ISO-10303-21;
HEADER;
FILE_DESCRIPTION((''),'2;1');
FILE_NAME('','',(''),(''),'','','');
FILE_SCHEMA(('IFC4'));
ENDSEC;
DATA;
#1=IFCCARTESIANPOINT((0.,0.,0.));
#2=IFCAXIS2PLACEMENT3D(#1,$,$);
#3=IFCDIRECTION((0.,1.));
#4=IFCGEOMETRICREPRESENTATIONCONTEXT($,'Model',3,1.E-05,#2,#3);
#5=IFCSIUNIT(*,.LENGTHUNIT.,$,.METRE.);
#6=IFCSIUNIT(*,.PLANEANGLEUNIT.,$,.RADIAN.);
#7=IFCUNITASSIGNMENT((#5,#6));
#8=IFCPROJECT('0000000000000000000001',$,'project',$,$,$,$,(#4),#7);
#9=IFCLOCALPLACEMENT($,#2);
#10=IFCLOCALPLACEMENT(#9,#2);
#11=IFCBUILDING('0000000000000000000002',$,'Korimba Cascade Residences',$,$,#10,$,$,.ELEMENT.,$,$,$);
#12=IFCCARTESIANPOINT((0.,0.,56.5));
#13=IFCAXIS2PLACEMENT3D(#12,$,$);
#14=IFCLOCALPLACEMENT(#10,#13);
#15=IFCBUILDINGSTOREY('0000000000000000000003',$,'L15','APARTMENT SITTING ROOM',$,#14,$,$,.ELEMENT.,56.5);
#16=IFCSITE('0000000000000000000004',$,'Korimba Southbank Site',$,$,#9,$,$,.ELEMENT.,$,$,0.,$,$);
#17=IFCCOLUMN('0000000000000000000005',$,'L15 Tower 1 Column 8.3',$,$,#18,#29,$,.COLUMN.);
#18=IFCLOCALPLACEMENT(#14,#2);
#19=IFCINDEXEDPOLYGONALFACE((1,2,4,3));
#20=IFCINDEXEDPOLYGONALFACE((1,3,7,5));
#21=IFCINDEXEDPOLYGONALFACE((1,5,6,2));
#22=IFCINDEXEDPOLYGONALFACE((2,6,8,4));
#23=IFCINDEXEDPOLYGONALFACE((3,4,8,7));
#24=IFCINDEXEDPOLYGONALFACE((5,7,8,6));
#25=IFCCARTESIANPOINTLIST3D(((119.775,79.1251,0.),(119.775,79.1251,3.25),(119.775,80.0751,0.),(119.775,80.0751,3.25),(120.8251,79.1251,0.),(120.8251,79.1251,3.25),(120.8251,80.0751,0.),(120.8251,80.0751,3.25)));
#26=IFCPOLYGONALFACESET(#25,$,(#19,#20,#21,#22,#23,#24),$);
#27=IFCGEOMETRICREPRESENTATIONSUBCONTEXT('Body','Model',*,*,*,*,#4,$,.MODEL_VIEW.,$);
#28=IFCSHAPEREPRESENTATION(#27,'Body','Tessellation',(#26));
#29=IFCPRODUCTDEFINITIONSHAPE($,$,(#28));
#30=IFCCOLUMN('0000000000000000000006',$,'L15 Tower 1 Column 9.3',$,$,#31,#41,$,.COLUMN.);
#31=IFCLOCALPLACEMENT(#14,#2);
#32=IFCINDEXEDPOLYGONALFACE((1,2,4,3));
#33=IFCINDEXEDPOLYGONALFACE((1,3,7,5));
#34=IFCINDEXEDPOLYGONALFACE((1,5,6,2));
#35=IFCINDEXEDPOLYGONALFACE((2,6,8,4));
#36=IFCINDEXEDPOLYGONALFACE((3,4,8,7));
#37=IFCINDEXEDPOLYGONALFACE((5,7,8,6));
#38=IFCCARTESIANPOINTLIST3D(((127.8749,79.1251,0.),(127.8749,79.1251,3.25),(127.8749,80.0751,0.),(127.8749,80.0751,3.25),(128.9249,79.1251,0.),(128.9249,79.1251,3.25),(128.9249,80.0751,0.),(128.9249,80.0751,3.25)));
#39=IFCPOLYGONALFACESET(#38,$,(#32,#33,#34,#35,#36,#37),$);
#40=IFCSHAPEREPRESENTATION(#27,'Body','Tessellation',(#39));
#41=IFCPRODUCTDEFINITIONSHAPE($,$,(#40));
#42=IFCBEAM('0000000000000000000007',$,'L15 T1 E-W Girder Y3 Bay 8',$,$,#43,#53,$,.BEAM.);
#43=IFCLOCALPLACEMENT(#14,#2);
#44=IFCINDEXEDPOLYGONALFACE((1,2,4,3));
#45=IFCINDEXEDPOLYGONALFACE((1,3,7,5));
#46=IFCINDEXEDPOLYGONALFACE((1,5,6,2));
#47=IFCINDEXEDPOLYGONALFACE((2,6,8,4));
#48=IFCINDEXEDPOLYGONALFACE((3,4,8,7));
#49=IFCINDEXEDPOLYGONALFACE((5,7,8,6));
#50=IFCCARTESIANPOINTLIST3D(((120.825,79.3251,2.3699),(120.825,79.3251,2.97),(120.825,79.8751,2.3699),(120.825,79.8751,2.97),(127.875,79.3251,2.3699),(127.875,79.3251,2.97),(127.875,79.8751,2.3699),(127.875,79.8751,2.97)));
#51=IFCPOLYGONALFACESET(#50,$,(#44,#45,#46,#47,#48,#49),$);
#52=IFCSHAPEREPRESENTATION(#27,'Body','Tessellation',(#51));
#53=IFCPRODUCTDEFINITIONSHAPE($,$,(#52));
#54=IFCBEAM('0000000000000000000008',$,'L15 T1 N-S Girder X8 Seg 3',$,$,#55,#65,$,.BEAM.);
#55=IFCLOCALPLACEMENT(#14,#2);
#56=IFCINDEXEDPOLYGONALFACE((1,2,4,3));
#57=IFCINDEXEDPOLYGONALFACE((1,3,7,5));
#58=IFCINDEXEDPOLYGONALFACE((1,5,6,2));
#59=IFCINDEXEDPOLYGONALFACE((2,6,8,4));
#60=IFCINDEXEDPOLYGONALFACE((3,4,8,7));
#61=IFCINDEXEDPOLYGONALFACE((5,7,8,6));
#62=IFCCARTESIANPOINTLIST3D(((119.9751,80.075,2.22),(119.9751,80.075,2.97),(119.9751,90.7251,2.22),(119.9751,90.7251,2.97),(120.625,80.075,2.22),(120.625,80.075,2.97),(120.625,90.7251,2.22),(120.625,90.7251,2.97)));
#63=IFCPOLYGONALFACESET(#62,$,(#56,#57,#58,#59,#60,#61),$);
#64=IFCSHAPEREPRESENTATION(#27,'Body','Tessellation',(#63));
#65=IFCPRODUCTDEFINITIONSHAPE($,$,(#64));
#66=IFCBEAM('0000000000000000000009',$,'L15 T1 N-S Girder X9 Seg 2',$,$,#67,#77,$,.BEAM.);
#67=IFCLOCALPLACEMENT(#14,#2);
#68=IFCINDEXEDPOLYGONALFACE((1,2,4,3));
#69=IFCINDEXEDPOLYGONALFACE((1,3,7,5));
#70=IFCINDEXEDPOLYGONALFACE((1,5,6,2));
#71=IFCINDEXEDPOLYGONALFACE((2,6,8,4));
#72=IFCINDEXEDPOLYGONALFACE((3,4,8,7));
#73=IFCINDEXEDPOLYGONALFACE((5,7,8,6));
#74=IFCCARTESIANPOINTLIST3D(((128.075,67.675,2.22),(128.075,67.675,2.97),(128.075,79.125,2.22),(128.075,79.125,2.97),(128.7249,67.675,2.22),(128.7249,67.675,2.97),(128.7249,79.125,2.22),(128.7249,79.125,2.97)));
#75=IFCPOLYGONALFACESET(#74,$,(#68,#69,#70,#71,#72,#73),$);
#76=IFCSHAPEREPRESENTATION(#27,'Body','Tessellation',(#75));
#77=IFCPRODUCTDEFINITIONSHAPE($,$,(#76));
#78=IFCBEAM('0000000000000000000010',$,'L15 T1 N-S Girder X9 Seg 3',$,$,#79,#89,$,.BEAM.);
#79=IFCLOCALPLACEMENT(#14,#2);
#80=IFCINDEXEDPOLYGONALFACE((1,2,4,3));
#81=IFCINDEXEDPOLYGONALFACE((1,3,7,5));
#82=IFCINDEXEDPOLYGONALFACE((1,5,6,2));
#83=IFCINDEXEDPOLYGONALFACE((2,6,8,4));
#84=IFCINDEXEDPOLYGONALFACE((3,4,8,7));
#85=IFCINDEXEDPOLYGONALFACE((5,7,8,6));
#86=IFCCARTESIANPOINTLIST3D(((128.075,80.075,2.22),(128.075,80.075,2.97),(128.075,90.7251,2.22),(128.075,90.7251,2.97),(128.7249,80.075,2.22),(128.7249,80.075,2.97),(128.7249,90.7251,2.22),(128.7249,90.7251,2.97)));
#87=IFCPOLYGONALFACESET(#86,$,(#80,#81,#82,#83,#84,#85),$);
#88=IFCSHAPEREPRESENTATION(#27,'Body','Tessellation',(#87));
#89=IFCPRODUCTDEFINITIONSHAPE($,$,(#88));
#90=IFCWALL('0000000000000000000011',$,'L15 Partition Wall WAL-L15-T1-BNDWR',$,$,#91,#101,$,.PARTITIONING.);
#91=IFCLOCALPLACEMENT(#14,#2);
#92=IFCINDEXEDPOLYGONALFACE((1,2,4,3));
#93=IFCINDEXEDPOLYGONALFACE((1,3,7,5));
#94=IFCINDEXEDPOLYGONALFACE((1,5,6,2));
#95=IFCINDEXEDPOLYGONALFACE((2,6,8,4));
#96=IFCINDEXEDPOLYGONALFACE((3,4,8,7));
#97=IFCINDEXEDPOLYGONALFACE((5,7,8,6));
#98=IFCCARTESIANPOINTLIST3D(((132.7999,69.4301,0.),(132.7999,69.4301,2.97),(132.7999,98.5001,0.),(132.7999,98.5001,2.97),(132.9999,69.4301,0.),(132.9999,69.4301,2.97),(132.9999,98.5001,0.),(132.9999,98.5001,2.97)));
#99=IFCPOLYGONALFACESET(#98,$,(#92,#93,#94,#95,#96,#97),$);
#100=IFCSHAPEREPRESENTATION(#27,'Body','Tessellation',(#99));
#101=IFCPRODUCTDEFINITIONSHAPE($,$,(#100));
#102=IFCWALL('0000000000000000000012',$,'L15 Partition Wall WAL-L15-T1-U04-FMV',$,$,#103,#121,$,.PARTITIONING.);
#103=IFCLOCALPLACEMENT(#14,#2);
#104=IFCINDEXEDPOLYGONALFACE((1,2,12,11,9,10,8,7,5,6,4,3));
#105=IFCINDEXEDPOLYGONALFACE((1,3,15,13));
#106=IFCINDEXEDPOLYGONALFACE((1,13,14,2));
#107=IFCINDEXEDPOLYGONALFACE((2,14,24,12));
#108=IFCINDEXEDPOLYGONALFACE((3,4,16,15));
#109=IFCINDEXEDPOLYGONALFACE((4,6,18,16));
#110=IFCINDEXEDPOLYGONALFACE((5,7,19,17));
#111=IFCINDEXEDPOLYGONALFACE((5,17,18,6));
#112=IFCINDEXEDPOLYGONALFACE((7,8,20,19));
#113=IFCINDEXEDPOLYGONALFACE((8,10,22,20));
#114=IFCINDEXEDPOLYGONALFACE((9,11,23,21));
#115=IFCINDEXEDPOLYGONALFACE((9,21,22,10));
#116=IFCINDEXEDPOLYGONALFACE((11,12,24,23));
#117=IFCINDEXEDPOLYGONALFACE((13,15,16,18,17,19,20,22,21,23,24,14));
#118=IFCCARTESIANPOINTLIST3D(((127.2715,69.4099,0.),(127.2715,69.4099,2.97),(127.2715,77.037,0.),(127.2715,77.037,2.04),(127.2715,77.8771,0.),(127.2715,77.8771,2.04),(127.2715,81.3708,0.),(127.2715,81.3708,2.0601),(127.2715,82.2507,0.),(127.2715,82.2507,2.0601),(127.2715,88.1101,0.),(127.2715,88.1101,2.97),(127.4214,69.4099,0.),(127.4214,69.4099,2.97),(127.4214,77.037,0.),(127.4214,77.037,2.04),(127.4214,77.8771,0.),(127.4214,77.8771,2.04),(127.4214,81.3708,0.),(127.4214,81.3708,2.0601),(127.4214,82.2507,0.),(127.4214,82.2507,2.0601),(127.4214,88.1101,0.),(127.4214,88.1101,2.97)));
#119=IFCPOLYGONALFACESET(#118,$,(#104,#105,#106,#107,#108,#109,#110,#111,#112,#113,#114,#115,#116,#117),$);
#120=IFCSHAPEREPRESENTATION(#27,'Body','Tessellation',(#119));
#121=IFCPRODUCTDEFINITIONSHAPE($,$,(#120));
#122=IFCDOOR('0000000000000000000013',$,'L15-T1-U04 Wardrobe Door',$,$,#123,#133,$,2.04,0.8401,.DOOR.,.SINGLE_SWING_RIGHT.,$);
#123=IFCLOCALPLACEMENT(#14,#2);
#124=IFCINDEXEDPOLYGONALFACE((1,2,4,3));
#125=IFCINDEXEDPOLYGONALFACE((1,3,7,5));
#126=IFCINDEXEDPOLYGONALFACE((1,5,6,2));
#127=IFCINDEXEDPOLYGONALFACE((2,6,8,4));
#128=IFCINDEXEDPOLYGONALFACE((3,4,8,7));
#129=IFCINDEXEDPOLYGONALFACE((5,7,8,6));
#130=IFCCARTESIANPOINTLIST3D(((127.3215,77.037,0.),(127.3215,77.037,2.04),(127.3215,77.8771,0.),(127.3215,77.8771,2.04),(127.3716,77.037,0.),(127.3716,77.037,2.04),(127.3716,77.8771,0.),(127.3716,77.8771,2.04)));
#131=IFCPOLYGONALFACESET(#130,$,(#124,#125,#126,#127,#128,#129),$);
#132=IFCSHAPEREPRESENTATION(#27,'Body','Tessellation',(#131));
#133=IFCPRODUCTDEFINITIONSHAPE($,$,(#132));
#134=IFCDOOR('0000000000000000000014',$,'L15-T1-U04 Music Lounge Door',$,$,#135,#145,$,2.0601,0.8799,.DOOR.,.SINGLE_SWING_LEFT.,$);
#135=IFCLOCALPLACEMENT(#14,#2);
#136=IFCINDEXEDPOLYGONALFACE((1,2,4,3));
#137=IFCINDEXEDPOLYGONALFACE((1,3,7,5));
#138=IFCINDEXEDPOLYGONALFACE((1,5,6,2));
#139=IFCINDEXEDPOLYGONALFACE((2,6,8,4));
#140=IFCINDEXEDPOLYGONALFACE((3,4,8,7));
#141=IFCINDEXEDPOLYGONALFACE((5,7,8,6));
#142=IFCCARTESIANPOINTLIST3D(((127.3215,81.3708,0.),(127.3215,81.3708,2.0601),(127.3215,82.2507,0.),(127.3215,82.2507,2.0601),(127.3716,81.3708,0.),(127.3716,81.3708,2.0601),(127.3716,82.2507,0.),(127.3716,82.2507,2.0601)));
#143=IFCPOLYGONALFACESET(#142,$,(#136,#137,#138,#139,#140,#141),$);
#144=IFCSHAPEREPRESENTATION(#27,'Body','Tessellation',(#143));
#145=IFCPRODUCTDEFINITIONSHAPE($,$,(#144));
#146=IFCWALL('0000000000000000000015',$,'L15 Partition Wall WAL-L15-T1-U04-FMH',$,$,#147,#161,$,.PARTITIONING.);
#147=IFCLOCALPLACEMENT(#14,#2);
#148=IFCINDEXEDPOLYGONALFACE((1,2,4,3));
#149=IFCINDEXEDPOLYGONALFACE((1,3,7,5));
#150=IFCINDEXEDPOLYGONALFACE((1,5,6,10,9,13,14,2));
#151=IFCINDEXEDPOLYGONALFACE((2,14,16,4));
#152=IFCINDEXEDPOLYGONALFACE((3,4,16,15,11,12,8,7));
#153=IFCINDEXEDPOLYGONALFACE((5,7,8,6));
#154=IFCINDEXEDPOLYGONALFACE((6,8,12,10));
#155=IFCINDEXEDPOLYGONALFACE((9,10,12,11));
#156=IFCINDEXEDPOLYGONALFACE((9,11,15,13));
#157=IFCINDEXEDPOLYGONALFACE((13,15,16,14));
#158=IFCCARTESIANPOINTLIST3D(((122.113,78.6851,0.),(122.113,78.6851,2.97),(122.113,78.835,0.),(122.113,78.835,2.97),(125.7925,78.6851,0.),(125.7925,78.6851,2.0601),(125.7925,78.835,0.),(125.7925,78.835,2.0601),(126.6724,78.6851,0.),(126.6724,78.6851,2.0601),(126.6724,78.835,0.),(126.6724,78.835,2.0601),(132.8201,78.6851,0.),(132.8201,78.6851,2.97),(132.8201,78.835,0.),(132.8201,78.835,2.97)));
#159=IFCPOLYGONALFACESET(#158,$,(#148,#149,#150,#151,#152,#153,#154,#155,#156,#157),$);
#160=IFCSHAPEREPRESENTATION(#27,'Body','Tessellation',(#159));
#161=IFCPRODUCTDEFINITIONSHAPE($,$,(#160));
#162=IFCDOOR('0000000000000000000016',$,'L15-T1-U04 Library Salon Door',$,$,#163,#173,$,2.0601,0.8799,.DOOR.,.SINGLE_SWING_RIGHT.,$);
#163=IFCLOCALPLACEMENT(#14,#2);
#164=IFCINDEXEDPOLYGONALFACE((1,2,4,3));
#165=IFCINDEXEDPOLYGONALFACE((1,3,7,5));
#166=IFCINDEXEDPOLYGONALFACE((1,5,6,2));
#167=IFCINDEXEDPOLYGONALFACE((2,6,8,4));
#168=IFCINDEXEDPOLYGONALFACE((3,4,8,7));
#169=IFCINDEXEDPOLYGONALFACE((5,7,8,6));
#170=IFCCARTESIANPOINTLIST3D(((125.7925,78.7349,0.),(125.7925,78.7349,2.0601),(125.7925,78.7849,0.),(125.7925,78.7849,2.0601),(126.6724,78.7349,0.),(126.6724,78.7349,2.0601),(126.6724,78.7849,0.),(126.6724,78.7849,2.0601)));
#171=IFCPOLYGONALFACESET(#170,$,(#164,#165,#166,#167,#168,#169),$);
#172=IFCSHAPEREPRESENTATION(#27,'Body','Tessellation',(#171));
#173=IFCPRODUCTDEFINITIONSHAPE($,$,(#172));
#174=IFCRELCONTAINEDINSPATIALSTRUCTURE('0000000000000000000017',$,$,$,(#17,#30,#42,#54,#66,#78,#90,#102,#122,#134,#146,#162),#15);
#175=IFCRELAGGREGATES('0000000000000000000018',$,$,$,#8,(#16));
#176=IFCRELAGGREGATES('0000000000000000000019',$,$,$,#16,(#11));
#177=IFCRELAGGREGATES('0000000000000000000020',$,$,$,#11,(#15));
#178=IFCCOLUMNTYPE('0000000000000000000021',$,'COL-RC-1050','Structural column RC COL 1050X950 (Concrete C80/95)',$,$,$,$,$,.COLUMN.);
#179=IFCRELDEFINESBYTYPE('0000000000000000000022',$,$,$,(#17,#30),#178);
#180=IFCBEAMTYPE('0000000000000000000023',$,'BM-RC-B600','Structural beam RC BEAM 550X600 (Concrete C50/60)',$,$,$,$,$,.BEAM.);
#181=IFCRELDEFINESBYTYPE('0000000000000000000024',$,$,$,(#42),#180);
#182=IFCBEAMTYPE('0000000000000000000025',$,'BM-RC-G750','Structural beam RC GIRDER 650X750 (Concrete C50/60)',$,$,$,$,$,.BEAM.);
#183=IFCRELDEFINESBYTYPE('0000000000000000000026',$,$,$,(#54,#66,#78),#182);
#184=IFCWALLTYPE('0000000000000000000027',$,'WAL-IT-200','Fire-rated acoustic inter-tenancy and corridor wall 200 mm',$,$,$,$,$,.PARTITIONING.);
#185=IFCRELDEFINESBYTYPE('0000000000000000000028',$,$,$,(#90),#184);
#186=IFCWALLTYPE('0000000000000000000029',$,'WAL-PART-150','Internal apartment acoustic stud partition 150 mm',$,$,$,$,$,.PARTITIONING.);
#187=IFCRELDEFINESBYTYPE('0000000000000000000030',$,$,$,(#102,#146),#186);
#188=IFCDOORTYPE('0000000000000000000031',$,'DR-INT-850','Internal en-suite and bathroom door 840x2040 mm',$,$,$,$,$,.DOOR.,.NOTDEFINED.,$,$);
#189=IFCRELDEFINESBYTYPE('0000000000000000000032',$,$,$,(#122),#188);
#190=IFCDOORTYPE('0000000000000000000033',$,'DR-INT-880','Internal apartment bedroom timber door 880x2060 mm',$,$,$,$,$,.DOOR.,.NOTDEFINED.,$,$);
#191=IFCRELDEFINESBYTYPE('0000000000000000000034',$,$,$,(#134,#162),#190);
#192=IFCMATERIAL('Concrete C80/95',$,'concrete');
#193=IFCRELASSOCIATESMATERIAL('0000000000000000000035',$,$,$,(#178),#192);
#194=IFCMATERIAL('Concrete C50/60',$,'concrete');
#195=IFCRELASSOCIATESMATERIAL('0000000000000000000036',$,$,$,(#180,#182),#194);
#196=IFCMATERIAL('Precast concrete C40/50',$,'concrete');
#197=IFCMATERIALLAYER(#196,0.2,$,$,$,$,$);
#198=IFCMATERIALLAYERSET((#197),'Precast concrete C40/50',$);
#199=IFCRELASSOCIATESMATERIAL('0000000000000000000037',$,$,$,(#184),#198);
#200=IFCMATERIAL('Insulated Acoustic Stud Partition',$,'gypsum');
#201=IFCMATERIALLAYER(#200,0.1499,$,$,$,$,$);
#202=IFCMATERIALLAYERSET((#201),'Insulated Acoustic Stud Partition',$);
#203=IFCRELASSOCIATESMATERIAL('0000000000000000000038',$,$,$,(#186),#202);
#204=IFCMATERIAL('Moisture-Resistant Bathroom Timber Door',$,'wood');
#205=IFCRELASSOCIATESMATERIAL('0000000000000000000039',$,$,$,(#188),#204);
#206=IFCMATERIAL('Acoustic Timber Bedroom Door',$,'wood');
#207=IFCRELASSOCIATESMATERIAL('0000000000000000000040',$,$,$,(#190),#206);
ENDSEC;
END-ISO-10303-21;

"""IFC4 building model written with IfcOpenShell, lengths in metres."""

from ifc_helpers import new_model, si_unit, direction, frame, frame_2d, origin, origin_2d, place, context, subcontext, project, spatial, rectangle, extrude, material, layer, layer_set, material_profile, profile_set, type_object, element, fill, save


model = new_model("IFC4")

# Units and contexts
model_context = context("Model", 3, precision=1e-05, world=origin(), true_north=direction((0.0, 1.0)))
body_context = subcontext(model_context, "Body", "Model", "MODEL_VIEW")
ifc_project = project(units=[si_unit("LENGTHUNIT", "METRE"), si_unit("PLANEANGLEUNIT", "RADIAN")], contexts=[model_context])

# Site, building, storey
site_placement = place(None, origin())
site = spatial("IfcSite", under=ifc_project, at=site_placement, Name="Korimba Southbank Site", CompositionType="ELEMENT", RefElevation=0.0)
building_placement = place(site_placement, origin())
building = spatial("IfcBuilding", under=site, at=building_placement, Name="Korimba Cascade Residences", CompositionType="ELEMENT")
storey_placement = place(building_placement, frame((0.0, 0.0, 56.5)))
storey = spatial("IfcBuildingStorey", under=building, at=storey_placement, Name="L15", Description="APARTMENT SITTING ROOM", CompositionType="ELEMENT", Elevation=56.5)

# Columns
ifc_material_1 = material(Name="Concrete C80/95", Category="concrete")
ifc_material_profile_1 = material_profile(ifc_material_1, rectangle(XDim=1.05, YDim=0.95, at=origin_2d()), Name="Concrete C80/95")
ifc_profile_set_1 = profile_set([ifc_material_profile_1], Name="Concrete C80/95")
column_type = type_object("IfcColumnType", Name="COL-RC-1050", Description="Structural column RC COL 1050X950 (Concrete C80/95)", PredefinedType="COLUMN", material=ifc_profile_set_1)
for number, where, z_axis, x_axis, name in (
    (1, (120.3, 79.6001, 0.0), (0.0, 0.0, 1.0), (1.0, 0.0, 0.0), "L15 Tower 1 Column 8.3"),
    (2, (128.3999, 79.6001, 0.0), (0.0, 0.0, 1.0), (1.0, 0.0, 0.0), "L15 Tower 1 Column 9.3"),
):
    element("IfcColumn", number, at=place(storey_placement, frame(where, z_axis=z_axis, x_axis=x_axis)), inside=storey, type_object=column_type, Name=name, PredefinedType="COLUMN", context=body_context, shape_type="SweptSolid", body=[
        extrude(rectangle(XDim=1.05, YDim=0.95, at=origin_2d()), origin(), (0.0, 0.0, 1.0), 3.25),
    ])

# Beams
ifc_material_2 = material(Name="Concrete C50/60", Category="concrete")
ifc_material_profile_2 = material_profile(ifc_material_2, rectangle(XDim=0.55, YDim=0.6001, at=origin_2d()), Name="Concrete C50/60")
ifc_profile_set_2 = profile_set([ifc_material_profile_2], Name="Concrete C50/60")
beam_type_1 = type_object("IfcBeamType", Name="BM-RC-B600", Description="Structural beam RC BEAM 550X600 (Concrete C50/60)", PredefinedType="BEAM", material=ifc_profile_set_2)
beam_1_placement = place(storey_placement, frame((120.825, 79.6001, 2.6699), z_axis=(1.0, 0.0, 0.0), x_axis=(0.0, 1.0, 0.0)))
element("IfcBeam", 3, at=beam_1_placement, inside=storey, type_object=beam_type_1, Name="L15 T1 E-W Girder Y3 Bay 8", PredefinedType="BEAM", context=body_context, shape_type="SweptSolid", body=[
    extrude(rectangle(XDim=0.55, YDim=0.6001, at=origin_2d()), origin(), (0.0, 0.0, 1.0), 7.05),
])
ifc_material_profile_3 = material_profile(ifc_material_2, rectangle(XDim=0.6499, YDim=0.75, at=origin_2d()), Name="Concrete C50/60")
ifc_profile_set_3 = profile_set([ifc_material_profile_3], Name="Concrete C50/60")
beam_type_2 = type_object("IfcBeamType", Name="BM-RC-G750", Description="Structural beam RC GIRDER 650X750 (Concrete C50/60)", PredefinedType="BEAM", material=ifc_profile_set_3)
beam_2_placement = place(storey_placement, frame((120.3, 80.075, 2.595), z_axis=(0.0, 1.0, 0.0), x_axis=(-1.0, 0.0, 0.0)))
element("IfcBeam", 4, at=beam_2_placement, inside=storey, type_object=beam_type_2, Name="L15 T1 N-S Girder X8 Seg 3", PredefinedType="BEAM", context=body_context, shape_type="SweptSolid", body=[
    extrude(rectangle(XDim=0.6499, YDim=0.75, at=origin_2d()), origin(), (0.0, 0.0, 1.0), 10.6501),
])
beam_3_placement = place(storey_placement, frame((128.3999, 67.675, 2.595), z_axis=(0.0, 1.0, 0.0), x_axis=(-1.0, 0.0, 0.0)))
element("IfcBeam", 5, at=beam_3_placement, inside=storey, type_object=beam_type_2, Name="L15 T1 N-S Girder X9 Seg 2", PredefinedType="BEAM", context=body_context, shape_type="SweptSolid", body=[
    extrude(rectangle(XDim=0.6499, YDim=0.75, at=origin_2d()), origin(), (0.0, 0.0, 1.0), 11.45),
])
beam_4_placement = place(storey_placement, frame((128.3999, 80.075, 2.595), z_axis=(0.0, 1.0, 0.0), x_axis=(-1.0, 0.0, 0.0)))
element("IfcBeam", 6, at=beam_4_placement, inside=storey, type_object=beam_type_2, Name="L15 T1 N-S Girder X9 Seg 3", PredefinedType="BEAM", context=body_context, shape_type="SweptSolid", body=[
    extrude(rectangle(XDim=0.6499, YDim=0.75, at=origin_2d()), origin(), (0.0, 0.0, 1.0), 10.6501),
])

# Wall
ifc_material_3 = material(Name="Precast concrete C40/50", Category="concrete")
ifc_layer_1 = layer(ifc_material_3, 0.2)
ifc_layer_set_1 = layer_set([ifc_layer_1], Name="Precast concrete C40/50")
wall_type_1 = type_object("IfcWallType", Name="WAL-IT-200", Description="Fire-rated acoustic inter-tenancy and corridor wall 200 mm", PredefinedType="PARTITIONING", material=ifc_layer_set_1)
wall_1_placement = place(storey_placement, frame((132.8999, 69.4299, 0.0), z_axis=(0.0, 0.0, 1.0), x_axis=(0.0, 1.0, 0.0)))
element("IfcWall", 7, at=wall_1_placement, inside=storey, type_object=wall_type_1, Name="L15 Partition Wall WAL-L15-T1-BNDWR", PredefinedType="PARTITIONING", context=body_context, shape_type="SweptSolid", body=[
    extrude(rectangle(XDim=29.0701, YDim=0.2, at=frame_2d((14.5352, 0.0))), origin(), (0.0, 0.0, 1.0), 2.97),
])

# Wall, openings, doors
ifc_material_4 = material(Name="Insulated Acoustic Stud Partition", Category="gypsum")
ifc_layer_2 = layer(ifc_material_4, 0.1499)
ifc_layer_set_2 = layer_set([ifc_layer_2], Name="Insulated Acoustic Stud Partition")
wall_type_2 = type_object("IfcWallType", Name="WAL-PART-150", Description="Internal apartment acoustic stud partition 150 mm", PredefinedType="PARTITIONING", material=ifc_layer_set_2)
wall_2_placement = place(storey_placement, frame((127.3464, 69.4099, 0.0), z_axis=(0.0, 0.0, 1.0), x_axis=(0.0, 1.0, 0.0)))
wall_2 = element("IfcWall", 8, at=wall_2_placement, inside=storey, type_object=wall_type_2, Name="L15 Partition Wall WAL-L15-T1-U04-FMV", PredefinedType="PARTITIONING", context=body_context, shape_type="SweptSolid", body=[
    extrude(rectangle(XDim=18.7002, YDim=0.1499, at=frame_2d((9.3501, 0.0))), origin(), (0.0, 0.0, 1.0), 2.97),
])
opening_1_placement = place(wall_2_placement, frame((7.6272, 0.0, 0.0)))
opening_1 = element("IfcOpeningElement", 9, at=opening_1_placement, cuts=wall_2, PredefinedType="OPENING", context=body_context, shape_type="SweptSolid", body=[
    extrude(rectangle(XDim=0.8401, YDim=2.04, at=frame_2d((0.4199, 1.02))), frame((0.0, 0.085, 0.0), z_axis=(0.0, -1.0, 0.0), x_axis=(1.0, 0.0, 0.0)), (0.0, 0.0, 1.0), 0.1699),
])
opening_2_placement = place(wall_2_placement, frame((11.9609, 0.0, 0.0)))
opening_2 = element("IfcOpeningElement", 10, at=opening_2_placement, cuts=wall_2, PredefinedType="OPENING", context=body_context, shape_type="SweptSolid", body=[
    extrude(rectangle(XDim=0.8799, YDim=2.0601, at=frame_2d((0.4399, 1.03))), frame((0.0, 0.085, 0.0), z_axis=(0.0, -1.0, 0.0), x_axis=(1.0, 0.0, 0.0)), (0.0, 0.0, 1.0), 0.1699),
])
ifc_material_5 = material(Name="Moisture-Resistant Bathroom Timber Door", Category="wood")
door_type_1 = type_object("IfcDoorType", Name="DR-INT-850", Description="Internal en-suite and bathroom door 840x2040 mm", OperationType="NOTDEFINED", PredefinedType="DOOR", material=ifc_material_5)
door_1_placement = place(opening_1_placement, origin())
door_1 = element("IfcDoor", 11, at=door_1_placement, inside=storey, type_object=door_type_1, Name="L15-T1-U04 Wardrobe Door", OperationType="SINGLE_SWING_RIGHT", OverallHeight=2.04, OverallWidth=0.8401, PredefinedType="DOOR", context=body_context, shape_type="SweptSolid", body=[
    extrude(rectangle(XDim=0.8401, YDim=2.04, at=frame_2d((0.4199, 1.02))), frame((0.0, 0.0249, 0.0), z_axis=(0.0, -1.0, 0.0), x_axis=(1.0, 0.0, 0.0)), (0.0, 0.0, 1.0), 0.05),
])
fill(opening_1, door_1)
ifc_material_6 = material(Name="Acoustic Timber Bedroom Door", Category="wood")
door_type_2 = type_object("IfcDoorType", Name="DR-INT-880", Description="Internal apartment bedroom timber door 880x2060 mm", OperationType="NOTDEFINED", PredefinedType="DOOR", material=ifc_material_6)
door_2_placement = place(opening_2_placement, origin())
door_2 = element("IfcDoor", 12, at=door_2_placement, inside=storey, type_object=door_type_2, Name="L15-T1-U04 Music Lounge Door", OperationType="SINGLE_SWING_LEFT", OverallHeight=2.0601, OverallWidth=0.8799, PredefinedType="DOOR", context=body_context, shape_type="SweptSolid", body=[
    extrude(rectangle(XDim=0.8799, YDim=2.0601, at=frame_2d((0.4399, 1.03))), frame((0.0, 0.0249, 0.0), z_axis=(0.0, -1.0, 0.0), x_axis=(1.0, 0.0, 0.0)), (0.0, 0.0, 1.0), 0.05),
])
fill(opening_2, door_2)

# Wall, opening, door
wall_3_placement = place(storey_placement, frame((122.113, 78.76, 0.0), z_axis=(0.0, 0.0, 1.0), x_axis=(1.0, 0.0, 0.0)))
wall_3 = element("IfcWall", 13, at=wall_3_placement, inside=storey, type_object=wall_type_2, Name="L15 Partition Wall WAL-L15-T1-U04-FMH", PredefinedType="PARTITIONING", context=body_context, shape_type="SweptSolid", body=[
    extrude(rectangle(XDim=10.707, YDim=0.1499, at=frame_2d((5.3535, 0.0))), origin(), (0.0, 0.0, 1.0), 2.97),
])
opening_3_placement = place(wall_3_placement, frame((3.6794, 0.0, 0.0)))
opening_3 = element("IfcOpeningElement", 14, at=opening_3_placement, cuts=wall_3, PredefinedType="OPENING", context=body_context, shape_type="SweptSolid", body=[
    extrude(rectangle(XDim=0.8799, YDim=2.0601, at=frame_2d((0.4399, 1.03))), frame((0.0, 0.085, 0.0), z_axis=(0.0, -1.0, 0.0), x_axis=(1.0, 0.0, 0.0)), (0.0, 0.0, 1.0), 0.1699),
])
door_3_placement = place(opening_3_placement, origin())
door_3 = element("IfcDoor", 15, at=door_3_placement, inside=storey, type_object=door_type_2, Name="L15-T1-U04 Library Salon Door", OperationType="SINGLE_SWING_RIGHT", OverallHeight=2.0601, OverallWidth=0.8799, PredefinedType="DOOR", context=body_context, shape_type="SweptSolid", body=[
    extrude(rectangle(XDim=0.8799, YDim=2.0601, at=frame_2d((0.4399, 1.03))), frame((0.0, 0.0249, 0.0), z_axis=(0.0, -1.0, 0.0), x_axis=(1.0, 0.0, 0.0)), (0.0, 0.0, 1.0), 0.05),
])
fill(opening_3, door_3)

save(model, "model.ifc")
